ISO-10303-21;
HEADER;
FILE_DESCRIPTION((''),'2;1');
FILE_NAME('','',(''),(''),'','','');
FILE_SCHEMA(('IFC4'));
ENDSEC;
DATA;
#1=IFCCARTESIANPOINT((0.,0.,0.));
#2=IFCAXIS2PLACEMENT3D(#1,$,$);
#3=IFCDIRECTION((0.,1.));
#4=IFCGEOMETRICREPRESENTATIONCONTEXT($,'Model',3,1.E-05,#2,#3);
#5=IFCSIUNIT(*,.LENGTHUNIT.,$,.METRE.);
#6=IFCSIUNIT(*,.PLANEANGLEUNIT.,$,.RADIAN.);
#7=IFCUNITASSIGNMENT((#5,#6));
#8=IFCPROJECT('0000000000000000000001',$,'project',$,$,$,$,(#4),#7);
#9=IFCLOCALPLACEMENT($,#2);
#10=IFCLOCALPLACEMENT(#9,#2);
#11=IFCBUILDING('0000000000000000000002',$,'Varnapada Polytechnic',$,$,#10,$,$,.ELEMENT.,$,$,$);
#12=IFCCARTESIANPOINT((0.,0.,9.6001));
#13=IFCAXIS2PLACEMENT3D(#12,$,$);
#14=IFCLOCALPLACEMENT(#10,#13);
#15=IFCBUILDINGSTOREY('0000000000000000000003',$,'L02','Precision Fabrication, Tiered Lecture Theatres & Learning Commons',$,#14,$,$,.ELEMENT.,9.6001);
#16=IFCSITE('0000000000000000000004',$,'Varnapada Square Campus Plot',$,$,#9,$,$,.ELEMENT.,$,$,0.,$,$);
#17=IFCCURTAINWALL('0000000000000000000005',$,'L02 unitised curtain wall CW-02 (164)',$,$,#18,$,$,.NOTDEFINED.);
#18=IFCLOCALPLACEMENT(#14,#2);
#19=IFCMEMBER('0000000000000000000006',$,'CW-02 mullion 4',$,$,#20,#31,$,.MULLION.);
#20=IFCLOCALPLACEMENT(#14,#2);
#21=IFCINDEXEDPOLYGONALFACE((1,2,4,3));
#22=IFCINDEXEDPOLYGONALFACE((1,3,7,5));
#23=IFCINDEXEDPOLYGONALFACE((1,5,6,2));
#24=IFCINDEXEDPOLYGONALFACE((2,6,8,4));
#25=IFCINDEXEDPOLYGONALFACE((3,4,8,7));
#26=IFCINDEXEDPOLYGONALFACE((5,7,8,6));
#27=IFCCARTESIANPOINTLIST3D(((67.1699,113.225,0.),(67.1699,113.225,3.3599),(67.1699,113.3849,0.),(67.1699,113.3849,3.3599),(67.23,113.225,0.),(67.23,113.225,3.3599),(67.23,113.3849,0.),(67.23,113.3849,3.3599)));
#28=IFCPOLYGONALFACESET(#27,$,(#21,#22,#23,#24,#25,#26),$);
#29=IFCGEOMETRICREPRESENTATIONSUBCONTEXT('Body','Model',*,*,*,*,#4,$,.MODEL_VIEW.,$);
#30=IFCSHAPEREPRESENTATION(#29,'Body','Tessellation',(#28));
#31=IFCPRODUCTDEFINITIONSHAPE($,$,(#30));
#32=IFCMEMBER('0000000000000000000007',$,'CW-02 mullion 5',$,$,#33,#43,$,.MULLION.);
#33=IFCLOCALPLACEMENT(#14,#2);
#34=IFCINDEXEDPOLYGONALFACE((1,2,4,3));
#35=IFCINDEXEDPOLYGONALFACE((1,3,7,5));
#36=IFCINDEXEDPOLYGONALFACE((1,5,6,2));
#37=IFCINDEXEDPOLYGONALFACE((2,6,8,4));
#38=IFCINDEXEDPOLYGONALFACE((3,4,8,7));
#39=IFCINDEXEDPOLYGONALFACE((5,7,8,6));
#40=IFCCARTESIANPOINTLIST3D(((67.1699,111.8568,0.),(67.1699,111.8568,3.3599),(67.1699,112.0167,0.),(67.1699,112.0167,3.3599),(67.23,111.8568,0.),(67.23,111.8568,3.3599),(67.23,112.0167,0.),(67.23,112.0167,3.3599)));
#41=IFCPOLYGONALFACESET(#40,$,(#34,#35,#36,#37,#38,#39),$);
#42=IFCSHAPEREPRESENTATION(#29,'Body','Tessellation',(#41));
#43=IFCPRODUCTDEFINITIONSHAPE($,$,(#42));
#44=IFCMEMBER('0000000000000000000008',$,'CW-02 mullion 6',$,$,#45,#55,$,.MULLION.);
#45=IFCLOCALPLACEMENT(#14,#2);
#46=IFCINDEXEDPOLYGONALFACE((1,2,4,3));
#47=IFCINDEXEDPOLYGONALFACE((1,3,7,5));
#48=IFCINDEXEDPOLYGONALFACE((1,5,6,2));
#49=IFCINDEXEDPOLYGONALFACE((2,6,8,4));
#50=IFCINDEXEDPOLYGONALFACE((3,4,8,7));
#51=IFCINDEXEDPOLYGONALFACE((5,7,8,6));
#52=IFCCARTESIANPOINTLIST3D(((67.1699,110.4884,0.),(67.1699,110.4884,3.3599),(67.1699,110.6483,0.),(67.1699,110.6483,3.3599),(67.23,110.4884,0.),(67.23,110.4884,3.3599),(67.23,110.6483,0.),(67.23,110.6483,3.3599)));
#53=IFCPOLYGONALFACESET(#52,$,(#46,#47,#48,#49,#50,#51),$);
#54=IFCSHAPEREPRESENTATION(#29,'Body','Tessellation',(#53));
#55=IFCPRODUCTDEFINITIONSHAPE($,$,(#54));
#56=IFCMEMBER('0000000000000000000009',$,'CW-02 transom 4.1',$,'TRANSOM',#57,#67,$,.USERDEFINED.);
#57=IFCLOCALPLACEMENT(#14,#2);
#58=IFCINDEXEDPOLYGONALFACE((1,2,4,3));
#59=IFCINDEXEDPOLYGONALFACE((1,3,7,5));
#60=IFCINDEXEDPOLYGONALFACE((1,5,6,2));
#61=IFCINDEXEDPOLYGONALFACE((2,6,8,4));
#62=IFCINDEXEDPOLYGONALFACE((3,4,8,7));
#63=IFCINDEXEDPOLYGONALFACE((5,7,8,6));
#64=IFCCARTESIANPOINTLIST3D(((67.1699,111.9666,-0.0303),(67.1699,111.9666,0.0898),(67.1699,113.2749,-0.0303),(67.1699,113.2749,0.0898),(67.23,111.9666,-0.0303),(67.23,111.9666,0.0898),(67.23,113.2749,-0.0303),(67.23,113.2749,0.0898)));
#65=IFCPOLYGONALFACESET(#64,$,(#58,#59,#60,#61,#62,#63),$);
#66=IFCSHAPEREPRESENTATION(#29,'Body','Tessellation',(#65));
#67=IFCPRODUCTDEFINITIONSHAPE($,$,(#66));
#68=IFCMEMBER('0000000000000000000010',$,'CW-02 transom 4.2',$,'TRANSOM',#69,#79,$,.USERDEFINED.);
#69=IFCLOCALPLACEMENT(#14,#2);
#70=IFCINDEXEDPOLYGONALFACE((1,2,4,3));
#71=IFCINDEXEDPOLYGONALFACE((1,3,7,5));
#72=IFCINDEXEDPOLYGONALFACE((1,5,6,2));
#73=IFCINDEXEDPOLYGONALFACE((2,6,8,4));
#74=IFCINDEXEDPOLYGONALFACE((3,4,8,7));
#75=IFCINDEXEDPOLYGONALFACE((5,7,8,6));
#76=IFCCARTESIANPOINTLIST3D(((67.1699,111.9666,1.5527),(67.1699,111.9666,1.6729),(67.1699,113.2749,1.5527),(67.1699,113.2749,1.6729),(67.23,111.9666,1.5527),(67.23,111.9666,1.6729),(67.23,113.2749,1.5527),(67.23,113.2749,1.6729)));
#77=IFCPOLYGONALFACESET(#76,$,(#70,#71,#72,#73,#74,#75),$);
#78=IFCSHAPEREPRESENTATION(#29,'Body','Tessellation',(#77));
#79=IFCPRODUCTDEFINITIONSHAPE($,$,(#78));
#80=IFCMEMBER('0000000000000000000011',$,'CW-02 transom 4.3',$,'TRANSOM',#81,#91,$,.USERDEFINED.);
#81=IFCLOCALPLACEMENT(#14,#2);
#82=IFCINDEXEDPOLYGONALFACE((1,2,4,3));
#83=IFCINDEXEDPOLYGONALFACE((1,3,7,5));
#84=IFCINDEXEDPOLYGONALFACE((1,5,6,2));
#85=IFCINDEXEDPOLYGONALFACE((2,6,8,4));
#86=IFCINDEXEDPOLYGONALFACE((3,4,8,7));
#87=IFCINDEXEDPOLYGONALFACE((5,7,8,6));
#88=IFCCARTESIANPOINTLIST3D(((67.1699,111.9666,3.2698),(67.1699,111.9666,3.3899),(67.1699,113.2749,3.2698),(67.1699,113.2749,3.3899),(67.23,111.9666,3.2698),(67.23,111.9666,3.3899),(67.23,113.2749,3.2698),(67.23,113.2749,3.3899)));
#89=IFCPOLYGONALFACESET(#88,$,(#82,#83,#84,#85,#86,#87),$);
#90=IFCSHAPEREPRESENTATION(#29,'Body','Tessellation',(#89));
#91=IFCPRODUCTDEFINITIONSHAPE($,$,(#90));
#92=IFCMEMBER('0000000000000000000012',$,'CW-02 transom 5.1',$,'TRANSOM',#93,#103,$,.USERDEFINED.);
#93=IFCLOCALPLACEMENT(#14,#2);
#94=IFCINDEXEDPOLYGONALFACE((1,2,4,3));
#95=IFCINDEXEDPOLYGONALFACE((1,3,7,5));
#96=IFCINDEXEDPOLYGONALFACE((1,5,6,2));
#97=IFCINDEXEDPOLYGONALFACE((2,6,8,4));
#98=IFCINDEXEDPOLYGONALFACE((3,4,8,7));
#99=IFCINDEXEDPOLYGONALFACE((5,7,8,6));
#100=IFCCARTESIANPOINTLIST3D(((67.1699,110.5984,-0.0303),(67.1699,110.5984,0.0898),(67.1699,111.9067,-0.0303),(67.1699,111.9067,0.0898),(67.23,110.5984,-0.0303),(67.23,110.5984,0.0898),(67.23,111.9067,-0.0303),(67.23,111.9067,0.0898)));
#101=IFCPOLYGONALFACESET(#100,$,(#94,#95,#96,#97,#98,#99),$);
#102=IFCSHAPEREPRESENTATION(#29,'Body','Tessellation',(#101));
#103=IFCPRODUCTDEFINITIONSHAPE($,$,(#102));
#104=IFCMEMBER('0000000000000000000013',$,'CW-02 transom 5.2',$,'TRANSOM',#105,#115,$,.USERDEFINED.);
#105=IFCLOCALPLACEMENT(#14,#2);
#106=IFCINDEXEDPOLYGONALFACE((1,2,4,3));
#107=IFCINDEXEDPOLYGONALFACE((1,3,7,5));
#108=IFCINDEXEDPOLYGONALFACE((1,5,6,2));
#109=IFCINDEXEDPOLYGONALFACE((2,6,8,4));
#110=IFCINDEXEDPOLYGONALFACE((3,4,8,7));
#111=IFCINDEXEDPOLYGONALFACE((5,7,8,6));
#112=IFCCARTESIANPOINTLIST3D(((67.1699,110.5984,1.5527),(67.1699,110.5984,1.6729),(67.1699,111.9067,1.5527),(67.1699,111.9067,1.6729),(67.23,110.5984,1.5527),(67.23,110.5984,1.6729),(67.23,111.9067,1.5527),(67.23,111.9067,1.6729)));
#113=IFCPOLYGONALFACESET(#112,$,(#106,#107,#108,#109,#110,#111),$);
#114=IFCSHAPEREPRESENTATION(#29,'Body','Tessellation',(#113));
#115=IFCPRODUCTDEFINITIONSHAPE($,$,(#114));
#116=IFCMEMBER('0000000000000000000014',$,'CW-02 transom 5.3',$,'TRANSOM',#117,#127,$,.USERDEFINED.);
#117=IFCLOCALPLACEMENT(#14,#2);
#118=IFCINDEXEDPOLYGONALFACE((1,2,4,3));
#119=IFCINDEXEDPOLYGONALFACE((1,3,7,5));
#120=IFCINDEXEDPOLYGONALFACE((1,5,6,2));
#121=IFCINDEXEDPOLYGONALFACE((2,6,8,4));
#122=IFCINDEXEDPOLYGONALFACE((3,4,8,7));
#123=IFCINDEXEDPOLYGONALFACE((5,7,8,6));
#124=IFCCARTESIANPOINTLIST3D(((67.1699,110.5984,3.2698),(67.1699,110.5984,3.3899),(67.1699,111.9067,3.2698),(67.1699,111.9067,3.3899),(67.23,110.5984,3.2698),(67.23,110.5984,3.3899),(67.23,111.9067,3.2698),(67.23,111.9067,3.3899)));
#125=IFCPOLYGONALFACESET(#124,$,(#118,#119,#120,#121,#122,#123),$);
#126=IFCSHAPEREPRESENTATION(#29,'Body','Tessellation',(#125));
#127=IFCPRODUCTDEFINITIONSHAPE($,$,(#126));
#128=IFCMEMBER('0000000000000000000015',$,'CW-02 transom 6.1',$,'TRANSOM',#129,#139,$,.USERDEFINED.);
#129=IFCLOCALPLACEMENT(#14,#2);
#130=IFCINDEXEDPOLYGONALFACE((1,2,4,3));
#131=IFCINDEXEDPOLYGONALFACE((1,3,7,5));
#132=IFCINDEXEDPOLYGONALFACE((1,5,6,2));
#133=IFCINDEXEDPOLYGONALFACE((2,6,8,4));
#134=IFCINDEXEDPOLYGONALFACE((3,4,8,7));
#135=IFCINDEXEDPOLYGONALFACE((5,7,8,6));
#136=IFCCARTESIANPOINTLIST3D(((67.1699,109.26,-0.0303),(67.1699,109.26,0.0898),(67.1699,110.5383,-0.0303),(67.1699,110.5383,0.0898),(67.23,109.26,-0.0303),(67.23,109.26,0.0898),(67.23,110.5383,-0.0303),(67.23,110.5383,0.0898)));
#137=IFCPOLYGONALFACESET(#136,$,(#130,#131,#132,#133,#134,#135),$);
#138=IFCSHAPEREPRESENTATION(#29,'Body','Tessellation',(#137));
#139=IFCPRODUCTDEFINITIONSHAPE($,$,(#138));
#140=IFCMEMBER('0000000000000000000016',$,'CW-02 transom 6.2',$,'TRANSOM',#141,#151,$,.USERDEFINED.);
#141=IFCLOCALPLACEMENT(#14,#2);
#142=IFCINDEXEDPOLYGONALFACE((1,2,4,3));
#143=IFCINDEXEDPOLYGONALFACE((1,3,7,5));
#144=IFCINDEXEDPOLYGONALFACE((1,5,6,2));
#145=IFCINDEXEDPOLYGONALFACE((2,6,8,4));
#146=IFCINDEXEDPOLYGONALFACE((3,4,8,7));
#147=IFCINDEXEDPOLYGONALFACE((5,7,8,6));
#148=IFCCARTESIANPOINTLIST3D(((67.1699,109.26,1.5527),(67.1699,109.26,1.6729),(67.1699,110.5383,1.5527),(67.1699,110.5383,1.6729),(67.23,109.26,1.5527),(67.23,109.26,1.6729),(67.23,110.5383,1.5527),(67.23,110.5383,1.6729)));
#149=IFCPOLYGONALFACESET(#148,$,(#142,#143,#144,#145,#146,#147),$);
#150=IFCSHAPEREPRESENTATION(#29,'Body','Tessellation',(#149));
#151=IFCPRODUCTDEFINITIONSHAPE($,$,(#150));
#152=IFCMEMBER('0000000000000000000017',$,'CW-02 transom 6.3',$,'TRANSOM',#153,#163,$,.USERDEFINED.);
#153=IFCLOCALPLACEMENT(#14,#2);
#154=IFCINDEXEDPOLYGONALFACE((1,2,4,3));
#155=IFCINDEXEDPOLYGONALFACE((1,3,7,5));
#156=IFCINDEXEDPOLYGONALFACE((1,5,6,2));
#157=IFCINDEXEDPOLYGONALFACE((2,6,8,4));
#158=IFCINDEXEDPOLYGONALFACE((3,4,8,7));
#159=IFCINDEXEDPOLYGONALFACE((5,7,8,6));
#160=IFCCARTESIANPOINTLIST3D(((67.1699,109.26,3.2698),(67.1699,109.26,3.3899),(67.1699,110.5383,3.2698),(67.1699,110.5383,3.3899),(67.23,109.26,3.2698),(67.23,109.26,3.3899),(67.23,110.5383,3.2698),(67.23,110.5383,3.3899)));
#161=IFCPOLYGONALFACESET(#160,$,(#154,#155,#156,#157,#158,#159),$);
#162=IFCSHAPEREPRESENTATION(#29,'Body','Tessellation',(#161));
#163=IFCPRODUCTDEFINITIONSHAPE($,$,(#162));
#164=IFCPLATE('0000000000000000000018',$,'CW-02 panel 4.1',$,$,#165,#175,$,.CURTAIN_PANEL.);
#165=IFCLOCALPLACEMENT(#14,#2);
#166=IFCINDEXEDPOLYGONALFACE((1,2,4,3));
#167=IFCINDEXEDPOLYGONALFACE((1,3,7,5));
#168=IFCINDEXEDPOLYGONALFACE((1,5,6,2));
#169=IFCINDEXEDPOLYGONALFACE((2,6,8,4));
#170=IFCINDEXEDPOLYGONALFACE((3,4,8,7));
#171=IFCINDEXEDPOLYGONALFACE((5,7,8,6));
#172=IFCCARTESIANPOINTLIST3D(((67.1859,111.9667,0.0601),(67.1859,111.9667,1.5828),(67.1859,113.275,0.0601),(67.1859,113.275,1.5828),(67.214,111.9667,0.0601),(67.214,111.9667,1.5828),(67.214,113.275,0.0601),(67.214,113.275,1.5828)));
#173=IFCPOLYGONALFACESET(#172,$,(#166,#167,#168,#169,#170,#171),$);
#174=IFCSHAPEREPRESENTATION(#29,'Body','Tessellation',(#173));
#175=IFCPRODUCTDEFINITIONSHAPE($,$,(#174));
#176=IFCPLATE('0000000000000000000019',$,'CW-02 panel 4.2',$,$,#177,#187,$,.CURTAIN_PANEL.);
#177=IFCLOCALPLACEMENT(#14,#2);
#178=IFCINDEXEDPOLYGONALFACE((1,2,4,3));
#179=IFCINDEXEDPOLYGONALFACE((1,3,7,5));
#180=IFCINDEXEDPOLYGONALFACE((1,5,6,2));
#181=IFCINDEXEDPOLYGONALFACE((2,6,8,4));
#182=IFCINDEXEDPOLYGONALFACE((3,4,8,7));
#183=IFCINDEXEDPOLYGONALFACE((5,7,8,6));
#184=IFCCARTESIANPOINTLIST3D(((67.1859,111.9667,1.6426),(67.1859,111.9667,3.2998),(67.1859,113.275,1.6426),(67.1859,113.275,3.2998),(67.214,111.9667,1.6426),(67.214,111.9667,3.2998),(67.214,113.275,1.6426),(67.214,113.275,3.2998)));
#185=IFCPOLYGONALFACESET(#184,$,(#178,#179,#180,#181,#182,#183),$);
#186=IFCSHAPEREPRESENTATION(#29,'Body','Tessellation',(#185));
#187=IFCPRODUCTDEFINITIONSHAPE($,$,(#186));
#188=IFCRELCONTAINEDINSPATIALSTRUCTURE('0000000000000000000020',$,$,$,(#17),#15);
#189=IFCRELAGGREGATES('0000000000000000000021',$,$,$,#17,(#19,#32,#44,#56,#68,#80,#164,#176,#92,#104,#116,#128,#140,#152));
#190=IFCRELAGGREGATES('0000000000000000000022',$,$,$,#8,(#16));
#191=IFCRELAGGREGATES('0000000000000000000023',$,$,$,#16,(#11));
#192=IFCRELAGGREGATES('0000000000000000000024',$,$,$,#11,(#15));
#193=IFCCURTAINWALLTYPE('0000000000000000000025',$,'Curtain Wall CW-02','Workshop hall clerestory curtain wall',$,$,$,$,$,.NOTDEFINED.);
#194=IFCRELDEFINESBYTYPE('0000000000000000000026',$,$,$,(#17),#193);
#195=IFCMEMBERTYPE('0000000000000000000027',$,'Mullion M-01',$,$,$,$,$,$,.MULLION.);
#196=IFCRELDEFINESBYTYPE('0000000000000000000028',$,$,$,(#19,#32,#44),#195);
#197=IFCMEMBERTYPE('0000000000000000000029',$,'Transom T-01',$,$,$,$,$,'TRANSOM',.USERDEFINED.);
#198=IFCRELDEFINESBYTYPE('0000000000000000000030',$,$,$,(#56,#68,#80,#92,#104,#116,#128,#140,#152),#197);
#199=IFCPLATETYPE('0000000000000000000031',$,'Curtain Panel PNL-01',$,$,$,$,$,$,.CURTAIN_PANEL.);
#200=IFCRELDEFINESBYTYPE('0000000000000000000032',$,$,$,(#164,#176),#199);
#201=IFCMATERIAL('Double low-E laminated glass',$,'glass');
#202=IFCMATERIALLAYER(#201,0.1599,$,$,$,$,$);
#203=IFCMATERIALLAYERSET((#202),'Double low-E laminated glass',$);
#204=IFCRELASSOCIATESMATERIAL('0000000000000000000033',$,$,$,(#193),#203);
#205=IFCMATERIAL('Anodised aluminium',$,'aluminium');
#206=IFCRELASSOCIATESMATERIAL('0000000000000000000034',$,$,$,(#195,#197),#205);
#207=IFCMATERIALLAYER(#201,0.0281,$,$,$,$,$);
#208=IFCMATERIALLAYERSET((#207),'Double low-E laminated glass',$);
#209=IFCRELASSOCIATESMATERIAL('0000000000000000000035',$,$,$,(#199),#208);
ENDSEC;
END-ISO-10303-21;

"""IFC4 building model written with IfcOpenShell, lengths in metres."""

from ifc_helpers import new_model, si_unit, direction, frame, origin, origin_2d, place, context, subcontext, project, spatial, rectangle, extrude, material, layer, layer_set, material_profile, profile_set, type_object, element, aggregate, save


model = new_model("IFC4")

# Units and contexts
model_context = context("Model", 3, precision=1e-05, world=origin(), true_north=direction((0.0, 1.0)))
body_context = subcontext(model_context, "Body", "Model", "MODEL_VIEW")
ifc_project = project(units=[si_unit("LENGTHUNIT", "METRE"), si_unit("PLANEANGLEUNIT", "RADIAN")], contexts=[model_context])

# Site, building, storey
site_placement = place(None, origin())
site = spatial("IfcSite", under=ifc_project, at=site_placement, Name="Varnapada Square Campus Plot", CompositionType="ELEMENT", RefElevation=0.0)
building_placement = place(site_placement, origin())
building = spatial("IfcBuilding", under=site, at=building_placement, Name="Varnapada Polytechnic", CompositionType="ELEMENT")
storey_placement = place(building_placement, frame((0.0, 0.0, 9.6001)))
storey = spatial("IfcBuildingStorey", under=building, at=storey_placement, Name="L02", Description="Precision Fabrication, Tiered Lecture Theatres & Learning Commons", CompositionType="ELEMENT", Elevation=9.6001)

# Curtain wall, members, plates
ifc_material_1 = material(Name="Double low-E laminated glass", Category="glass")
ifc_layer_1 = layer(ifc_material_1, 0.1599)
ifc_layer_set_1 = layer_set([ifc_layer_1], Name="Double low-E laminated glass")
curtain_wall_type = type_object("IfcCurtainWallType", Name="Curtain Wall CW-02", Description="Workshop hall clerestory curtain wall", PredefinedType="NOTDEFINED", material=ifc_layer_set_1)
curtain_wall_placement = place(storey_placement, origin())
curtain_wall = element("IfcCurtainWall", 1, at=curtain_wall_placement, inside=storey, type_object=curtain_wall_type, Name="L02 unitised curtain wall CW-02 (164)", PredefinedType="NOTDEFINED")
ifc_material_2 = material(Name="Anodised aluminium", Category="aluminium")
ifc_material_profile_1 = material_profile(ifc_material_2, rectangle(XDim=0.0601, YDim=0.1599, at=origin_2d()), Name="ALU M60x160")
ifc_profile_set_1 = profile_set([ifc_material_profile_1], Name="Anodised aluminium")
member_type_1 = type_object("IfcMemberType", Name="Mullion M-01", PredefinedType="MULLION", material=ifc_profile_set_1)
member_1_placement = place(storey_placement, frame((67.2, 113.3049, 0.0), z_axis=(0.0, 0.0, 1.0), x_axis=(1.0, 0.0, 0.0)))
member_1 = element("IfcMember", 2, at=member_1_placement, type_object=member_type_1, Name="CW-02 mullion 4", PredefinedType="MULLION", context=body_context, shape_type="SweptSolid", body=[
    extrude(rectangle(XDim=0.0601, YDim=0.1599, at=origin_2d()), origin(), (0.0, 0.0, 1.0), 3.3599),
])
member_2_placement = place(storey_placement, frame((67.2, 111.9368, 0.0), z_axis=(0.0, 0.0, 1.0), x_axis=(1.0, 0.0, 0.0)))
member_2 = element("IfcMember", 3, at=member_2_placement, type_object=member_type_1, Name="CW-02 mullion 5", PredefinedType="MULLION", context=body_context, shape_type="SweptSolid", body=[
    extrude(rectangle(XDim=0.0601, YDim=0.1599, at=origin_2d()), origin(), (0.0, 0.0, 1.0), 3.3599),
])
member_3_placement = place(storey_placement, frame((67.2, 110.5684, 0.0), z_axis=(0.0, 0.0, 1.0), x_axis=(1.0, 0.0, 0.0)))
member_3 = element("IfcMember", 4, at=member_3_placement, type_object=member_type_1, Name="CW-02 mullion 6", PredefinedType="MULLION", context=body_context, shape_type="SweptSolid", body=[
    extrude(rectangle(XDim=0.0601, YDim=0.1599, at=origin_2d()), origin(), (0.0, 0.0, 1.0), 3.3599),
])
ifc_material_profile_2 = material_profile(ifc_material_2, rectangle(XDim=0.0601, YDim=0.1201, at=origin_2d()), Name="ALU T60x120")
ifc_profile_set_2 = profile_set([ifc_material_profile_2], Name="Anodised aluminium")
member_type_2 = type_object("IfcMemberType", Name="Transom T-01", ElementType="TRANSOM", PredefinedType="USERDEFINED", material=ifc_profile_set_2)
member_4_placement = place(storey_placement, frame((67.2, 113.2749, 0.0298), z_axis=(0.0, -1.0, 0.0), x_axis=(1.0, 0.0, 0.0)))
member_4 = element("IfcMember", 5, at=member_4_placement, type_object=member_type_2, Name="CW-02 transom 4.1", ObjectType="TRANSOM", PredefinedType="USERDEFINED", context=body_context, shape_type="SweptSolid", body=[
    extrude(rectangle(XDim=0.0601, YDim=0.1201, at=origin_2d()), origin(), (0.0, 0.0, 1.0), 1.3083),
])
member_5_placement = place(storey_placement, frame((67.2, 113.2749, 1.6128), z_axis=(0.0, -1.0, 0.0), x_axis=(1.0, 0.0, 0.0)))
member_5 = element("IfcMember", 6, at=member_5_placement, type_object=member_type_2, Name="CW-02 transom 4.2", ObjectType="TRANSOM", PredefinedType="USERDEFINED", context=body_context, shape_type="SweptSolid", body=[
    extrude(rectangle(XDim=0.0601, YDim=0.1201, at=origin_2d()), origin(), (0.0, 0.0, 1.0), 1.3083),
])
member_6_placement = place(storey_placement, frame((67.2, 113.2749, 3.3298), z_axis=(0.0, -1.0, 0.0), x_axis=(1.0, 0.0, 0.0)))
member_6 = element("IfcMember", 7, at=member_6_placement, type_object=member_type_2, Name="CW-02 transom 4.3", ObjectType="TRANSOM", PredefinedType="USERDEFINED", context=body_context, shape_type="SweptSolid", body=[
    extrude(rectangle(XDim=0.0601, YDim=0.1201, at=origin_2d()), origin(), (0.0, 0.0, 1.0), 1.3083),
])
member_7_placement = place(storey_placement, frame((67.2, 111.9067, 0.0298), z_axis=(0.0, -1.0, 0.0), x_axis=(1.0, 0.0, 0.0)))
member_7 = element("IfcMember", 8, at=member_7_placement, type_object=member_type_2, Name="CW-02 transom 5.1", ObjectType="TRANSOM", PredefinedType="USERDEFINED", context=body_context, shape_type="SweptSolid", body=[
    extrude(rectangle(XDim=0.0601, YDim=0.1201, at=origin_2d()), origin(), (0.0, 0.0, 1.0), 1.3083),
])
member_8_placement = place(storey_placement, frame((67.2, 111.9067, 1.6128), z_axis=(0.0, -1.0, 0.0), x_axis=(1.0, 0.0, 0.0)))
member_8 = element("IfcMember", 9, at=member_8_placement, type_object=member_type_2, Name="CW-02 transom 5.2", ObjectType="TRANSOM", PredefinedType="USERDEFINED", context=body_context, shape_type="SweptSolid", body=[
    extrude(rectangle(XDim=0.0601, YDim=0.1201, at=origin_2d()), origin(), (0.0, 0.0, 1.0), 1.3083),
])
member_9_placement = place(storey_placement, frame((67.2, 111.9067, 3.3298), z_axis=(0.0, -1.0, 0.0), x_axis=(1.0, 0.0, 0.0)))
member_9 = element("IfcMember", 10, at=member_9_placement, type_object=member_type_2, Name="CW-02 transom 5.3", ObjectType="TRANSOM", PredefinedType="USERDEFINED", context=body_context, shape_type="SweptSolid", body=[
    extrude(rectangle(XDim=0.0601, YDim=0.1201, at=origin_2d()), origin(), (0.0, 0.0, 1.0), 1.3083),
])
member_10_placement = place(storey_placement, frame((67.2, 110.5383, 0.0298), z_axis=(0.0, -1.0, 0.0), x_axis=(1.0, 0.0, 0.0)))
member_10 = element("IfcMember", 11, at=member_10_placement, type_object=member_type_2, Name="CW-02 transom 6.1", ObjectType="TRANSOM", PredefinedType="USERDEFINED", context=body_context, shape_type="SweptSolid", body=[
    extrude(rectangle(XDim=0.0601, YDim=0.1201, at=origin_2d()), origin(), (0.0, 0.0, 1.0), 1.2783),
])
member_11_placement = place(storey_placement, frame((67.2, 110.5383, 1.6128), z_axis=(0.0, -1.0, 0.0), x_axis=(1.0, 0.0, 0.0)))
member_11 = element("IfcMember", 12, at=member_11_placement, type_object=member_type_2, Name="CW-02 transom 6.2", ObjectType="TRANSOM", PredefinedType="USERDEFINED", context=body_context, shape_type="SweptSolid", body=[
    extrude(rectangle(XDim=0.0601, YDim=0.1201, at=origin_2d()), origin(), (0.0, 0.0, 1.0), 1.2783),
])
member_12_placement = place(storey_placement, frame((67.2, 110.5383, 3.3298), z_axis=(0.0, -1.0, 0.0), x_axis=(1.0, 0.0, 0.0)))
member_12 = element("IfcMember", 13, at=member_12_placement, type_object=member_type_2, Name="CW-02 transom 6.3", ObjectType="TRANSOM", PredefinedType="USERDEFINED", context=body_context, shape_type="SweptSolid", body=[
    extrude(rectangle(XDim=0.0601, YDim=0.1201, at=origin_2d()), origin(), (0.0, 0.0, 1.0), 1.2783),
])
ifc_layer_2 = layer(ifc_material_1, 0.0281)
ifc_layer_set_2 = layer_set([ifc_layer_2], Name="Double low-E laminated glass")
plate_type = type_object("IfcPlateType", Name="Curtain Panel PNL-01", PredefinedType="CURTAIN_PANEL", material=ifc_layer_set_2)
plate_1_placement = place(storey_placement, frame((67.2, 112.6208, 0.0601), z_axis=(0.0, 0.0, 1.0), x_axis=(0.0, -1.0, 0.0)))
plate_1 = element("IfcPlate", 14, at=plate_1_placement, type_object=plate_type, Name="CW-02 panel 4.1", PredefinedType="CURTAIN_PANEL", context=body_context, shape_type="SweptSolid", body=[
    extrude(rectangle(XDim=1.3083, YDim=0.0281, at=origin_2d()), origin(), (0.0, 0.0, 1.0), 1.5227),
])
plate_2_placement = place(storey_placement, frame((67.2, 112.6208, 1.6426), z_axis=(0.0, 0.0, 1.0), x_axis=(0.0, -1.0, 0.0)))
plate_2 = element("IfcPlate", 15, at=plate_2_placement, type_object=plate_type, Name="CW-02 panel 4.2", PredefinedType="CURTAIN_PANEL", context=body_context, shape_type="SweptSolid", body=[
    extrude(rectangle(XDim=1.3083, YDim=0.0281, at=origin_2d()), origin(), (0.0, 0.0, 1.0), 1.6572),
])
aggregate(curtain_wall, [member_1, member_2, member_3, member_4, member_5, member_6, plate_1, plate_2, member_7, member_8, member_9, member_10, member_11, member_12])

save(model, "model.ifc")
